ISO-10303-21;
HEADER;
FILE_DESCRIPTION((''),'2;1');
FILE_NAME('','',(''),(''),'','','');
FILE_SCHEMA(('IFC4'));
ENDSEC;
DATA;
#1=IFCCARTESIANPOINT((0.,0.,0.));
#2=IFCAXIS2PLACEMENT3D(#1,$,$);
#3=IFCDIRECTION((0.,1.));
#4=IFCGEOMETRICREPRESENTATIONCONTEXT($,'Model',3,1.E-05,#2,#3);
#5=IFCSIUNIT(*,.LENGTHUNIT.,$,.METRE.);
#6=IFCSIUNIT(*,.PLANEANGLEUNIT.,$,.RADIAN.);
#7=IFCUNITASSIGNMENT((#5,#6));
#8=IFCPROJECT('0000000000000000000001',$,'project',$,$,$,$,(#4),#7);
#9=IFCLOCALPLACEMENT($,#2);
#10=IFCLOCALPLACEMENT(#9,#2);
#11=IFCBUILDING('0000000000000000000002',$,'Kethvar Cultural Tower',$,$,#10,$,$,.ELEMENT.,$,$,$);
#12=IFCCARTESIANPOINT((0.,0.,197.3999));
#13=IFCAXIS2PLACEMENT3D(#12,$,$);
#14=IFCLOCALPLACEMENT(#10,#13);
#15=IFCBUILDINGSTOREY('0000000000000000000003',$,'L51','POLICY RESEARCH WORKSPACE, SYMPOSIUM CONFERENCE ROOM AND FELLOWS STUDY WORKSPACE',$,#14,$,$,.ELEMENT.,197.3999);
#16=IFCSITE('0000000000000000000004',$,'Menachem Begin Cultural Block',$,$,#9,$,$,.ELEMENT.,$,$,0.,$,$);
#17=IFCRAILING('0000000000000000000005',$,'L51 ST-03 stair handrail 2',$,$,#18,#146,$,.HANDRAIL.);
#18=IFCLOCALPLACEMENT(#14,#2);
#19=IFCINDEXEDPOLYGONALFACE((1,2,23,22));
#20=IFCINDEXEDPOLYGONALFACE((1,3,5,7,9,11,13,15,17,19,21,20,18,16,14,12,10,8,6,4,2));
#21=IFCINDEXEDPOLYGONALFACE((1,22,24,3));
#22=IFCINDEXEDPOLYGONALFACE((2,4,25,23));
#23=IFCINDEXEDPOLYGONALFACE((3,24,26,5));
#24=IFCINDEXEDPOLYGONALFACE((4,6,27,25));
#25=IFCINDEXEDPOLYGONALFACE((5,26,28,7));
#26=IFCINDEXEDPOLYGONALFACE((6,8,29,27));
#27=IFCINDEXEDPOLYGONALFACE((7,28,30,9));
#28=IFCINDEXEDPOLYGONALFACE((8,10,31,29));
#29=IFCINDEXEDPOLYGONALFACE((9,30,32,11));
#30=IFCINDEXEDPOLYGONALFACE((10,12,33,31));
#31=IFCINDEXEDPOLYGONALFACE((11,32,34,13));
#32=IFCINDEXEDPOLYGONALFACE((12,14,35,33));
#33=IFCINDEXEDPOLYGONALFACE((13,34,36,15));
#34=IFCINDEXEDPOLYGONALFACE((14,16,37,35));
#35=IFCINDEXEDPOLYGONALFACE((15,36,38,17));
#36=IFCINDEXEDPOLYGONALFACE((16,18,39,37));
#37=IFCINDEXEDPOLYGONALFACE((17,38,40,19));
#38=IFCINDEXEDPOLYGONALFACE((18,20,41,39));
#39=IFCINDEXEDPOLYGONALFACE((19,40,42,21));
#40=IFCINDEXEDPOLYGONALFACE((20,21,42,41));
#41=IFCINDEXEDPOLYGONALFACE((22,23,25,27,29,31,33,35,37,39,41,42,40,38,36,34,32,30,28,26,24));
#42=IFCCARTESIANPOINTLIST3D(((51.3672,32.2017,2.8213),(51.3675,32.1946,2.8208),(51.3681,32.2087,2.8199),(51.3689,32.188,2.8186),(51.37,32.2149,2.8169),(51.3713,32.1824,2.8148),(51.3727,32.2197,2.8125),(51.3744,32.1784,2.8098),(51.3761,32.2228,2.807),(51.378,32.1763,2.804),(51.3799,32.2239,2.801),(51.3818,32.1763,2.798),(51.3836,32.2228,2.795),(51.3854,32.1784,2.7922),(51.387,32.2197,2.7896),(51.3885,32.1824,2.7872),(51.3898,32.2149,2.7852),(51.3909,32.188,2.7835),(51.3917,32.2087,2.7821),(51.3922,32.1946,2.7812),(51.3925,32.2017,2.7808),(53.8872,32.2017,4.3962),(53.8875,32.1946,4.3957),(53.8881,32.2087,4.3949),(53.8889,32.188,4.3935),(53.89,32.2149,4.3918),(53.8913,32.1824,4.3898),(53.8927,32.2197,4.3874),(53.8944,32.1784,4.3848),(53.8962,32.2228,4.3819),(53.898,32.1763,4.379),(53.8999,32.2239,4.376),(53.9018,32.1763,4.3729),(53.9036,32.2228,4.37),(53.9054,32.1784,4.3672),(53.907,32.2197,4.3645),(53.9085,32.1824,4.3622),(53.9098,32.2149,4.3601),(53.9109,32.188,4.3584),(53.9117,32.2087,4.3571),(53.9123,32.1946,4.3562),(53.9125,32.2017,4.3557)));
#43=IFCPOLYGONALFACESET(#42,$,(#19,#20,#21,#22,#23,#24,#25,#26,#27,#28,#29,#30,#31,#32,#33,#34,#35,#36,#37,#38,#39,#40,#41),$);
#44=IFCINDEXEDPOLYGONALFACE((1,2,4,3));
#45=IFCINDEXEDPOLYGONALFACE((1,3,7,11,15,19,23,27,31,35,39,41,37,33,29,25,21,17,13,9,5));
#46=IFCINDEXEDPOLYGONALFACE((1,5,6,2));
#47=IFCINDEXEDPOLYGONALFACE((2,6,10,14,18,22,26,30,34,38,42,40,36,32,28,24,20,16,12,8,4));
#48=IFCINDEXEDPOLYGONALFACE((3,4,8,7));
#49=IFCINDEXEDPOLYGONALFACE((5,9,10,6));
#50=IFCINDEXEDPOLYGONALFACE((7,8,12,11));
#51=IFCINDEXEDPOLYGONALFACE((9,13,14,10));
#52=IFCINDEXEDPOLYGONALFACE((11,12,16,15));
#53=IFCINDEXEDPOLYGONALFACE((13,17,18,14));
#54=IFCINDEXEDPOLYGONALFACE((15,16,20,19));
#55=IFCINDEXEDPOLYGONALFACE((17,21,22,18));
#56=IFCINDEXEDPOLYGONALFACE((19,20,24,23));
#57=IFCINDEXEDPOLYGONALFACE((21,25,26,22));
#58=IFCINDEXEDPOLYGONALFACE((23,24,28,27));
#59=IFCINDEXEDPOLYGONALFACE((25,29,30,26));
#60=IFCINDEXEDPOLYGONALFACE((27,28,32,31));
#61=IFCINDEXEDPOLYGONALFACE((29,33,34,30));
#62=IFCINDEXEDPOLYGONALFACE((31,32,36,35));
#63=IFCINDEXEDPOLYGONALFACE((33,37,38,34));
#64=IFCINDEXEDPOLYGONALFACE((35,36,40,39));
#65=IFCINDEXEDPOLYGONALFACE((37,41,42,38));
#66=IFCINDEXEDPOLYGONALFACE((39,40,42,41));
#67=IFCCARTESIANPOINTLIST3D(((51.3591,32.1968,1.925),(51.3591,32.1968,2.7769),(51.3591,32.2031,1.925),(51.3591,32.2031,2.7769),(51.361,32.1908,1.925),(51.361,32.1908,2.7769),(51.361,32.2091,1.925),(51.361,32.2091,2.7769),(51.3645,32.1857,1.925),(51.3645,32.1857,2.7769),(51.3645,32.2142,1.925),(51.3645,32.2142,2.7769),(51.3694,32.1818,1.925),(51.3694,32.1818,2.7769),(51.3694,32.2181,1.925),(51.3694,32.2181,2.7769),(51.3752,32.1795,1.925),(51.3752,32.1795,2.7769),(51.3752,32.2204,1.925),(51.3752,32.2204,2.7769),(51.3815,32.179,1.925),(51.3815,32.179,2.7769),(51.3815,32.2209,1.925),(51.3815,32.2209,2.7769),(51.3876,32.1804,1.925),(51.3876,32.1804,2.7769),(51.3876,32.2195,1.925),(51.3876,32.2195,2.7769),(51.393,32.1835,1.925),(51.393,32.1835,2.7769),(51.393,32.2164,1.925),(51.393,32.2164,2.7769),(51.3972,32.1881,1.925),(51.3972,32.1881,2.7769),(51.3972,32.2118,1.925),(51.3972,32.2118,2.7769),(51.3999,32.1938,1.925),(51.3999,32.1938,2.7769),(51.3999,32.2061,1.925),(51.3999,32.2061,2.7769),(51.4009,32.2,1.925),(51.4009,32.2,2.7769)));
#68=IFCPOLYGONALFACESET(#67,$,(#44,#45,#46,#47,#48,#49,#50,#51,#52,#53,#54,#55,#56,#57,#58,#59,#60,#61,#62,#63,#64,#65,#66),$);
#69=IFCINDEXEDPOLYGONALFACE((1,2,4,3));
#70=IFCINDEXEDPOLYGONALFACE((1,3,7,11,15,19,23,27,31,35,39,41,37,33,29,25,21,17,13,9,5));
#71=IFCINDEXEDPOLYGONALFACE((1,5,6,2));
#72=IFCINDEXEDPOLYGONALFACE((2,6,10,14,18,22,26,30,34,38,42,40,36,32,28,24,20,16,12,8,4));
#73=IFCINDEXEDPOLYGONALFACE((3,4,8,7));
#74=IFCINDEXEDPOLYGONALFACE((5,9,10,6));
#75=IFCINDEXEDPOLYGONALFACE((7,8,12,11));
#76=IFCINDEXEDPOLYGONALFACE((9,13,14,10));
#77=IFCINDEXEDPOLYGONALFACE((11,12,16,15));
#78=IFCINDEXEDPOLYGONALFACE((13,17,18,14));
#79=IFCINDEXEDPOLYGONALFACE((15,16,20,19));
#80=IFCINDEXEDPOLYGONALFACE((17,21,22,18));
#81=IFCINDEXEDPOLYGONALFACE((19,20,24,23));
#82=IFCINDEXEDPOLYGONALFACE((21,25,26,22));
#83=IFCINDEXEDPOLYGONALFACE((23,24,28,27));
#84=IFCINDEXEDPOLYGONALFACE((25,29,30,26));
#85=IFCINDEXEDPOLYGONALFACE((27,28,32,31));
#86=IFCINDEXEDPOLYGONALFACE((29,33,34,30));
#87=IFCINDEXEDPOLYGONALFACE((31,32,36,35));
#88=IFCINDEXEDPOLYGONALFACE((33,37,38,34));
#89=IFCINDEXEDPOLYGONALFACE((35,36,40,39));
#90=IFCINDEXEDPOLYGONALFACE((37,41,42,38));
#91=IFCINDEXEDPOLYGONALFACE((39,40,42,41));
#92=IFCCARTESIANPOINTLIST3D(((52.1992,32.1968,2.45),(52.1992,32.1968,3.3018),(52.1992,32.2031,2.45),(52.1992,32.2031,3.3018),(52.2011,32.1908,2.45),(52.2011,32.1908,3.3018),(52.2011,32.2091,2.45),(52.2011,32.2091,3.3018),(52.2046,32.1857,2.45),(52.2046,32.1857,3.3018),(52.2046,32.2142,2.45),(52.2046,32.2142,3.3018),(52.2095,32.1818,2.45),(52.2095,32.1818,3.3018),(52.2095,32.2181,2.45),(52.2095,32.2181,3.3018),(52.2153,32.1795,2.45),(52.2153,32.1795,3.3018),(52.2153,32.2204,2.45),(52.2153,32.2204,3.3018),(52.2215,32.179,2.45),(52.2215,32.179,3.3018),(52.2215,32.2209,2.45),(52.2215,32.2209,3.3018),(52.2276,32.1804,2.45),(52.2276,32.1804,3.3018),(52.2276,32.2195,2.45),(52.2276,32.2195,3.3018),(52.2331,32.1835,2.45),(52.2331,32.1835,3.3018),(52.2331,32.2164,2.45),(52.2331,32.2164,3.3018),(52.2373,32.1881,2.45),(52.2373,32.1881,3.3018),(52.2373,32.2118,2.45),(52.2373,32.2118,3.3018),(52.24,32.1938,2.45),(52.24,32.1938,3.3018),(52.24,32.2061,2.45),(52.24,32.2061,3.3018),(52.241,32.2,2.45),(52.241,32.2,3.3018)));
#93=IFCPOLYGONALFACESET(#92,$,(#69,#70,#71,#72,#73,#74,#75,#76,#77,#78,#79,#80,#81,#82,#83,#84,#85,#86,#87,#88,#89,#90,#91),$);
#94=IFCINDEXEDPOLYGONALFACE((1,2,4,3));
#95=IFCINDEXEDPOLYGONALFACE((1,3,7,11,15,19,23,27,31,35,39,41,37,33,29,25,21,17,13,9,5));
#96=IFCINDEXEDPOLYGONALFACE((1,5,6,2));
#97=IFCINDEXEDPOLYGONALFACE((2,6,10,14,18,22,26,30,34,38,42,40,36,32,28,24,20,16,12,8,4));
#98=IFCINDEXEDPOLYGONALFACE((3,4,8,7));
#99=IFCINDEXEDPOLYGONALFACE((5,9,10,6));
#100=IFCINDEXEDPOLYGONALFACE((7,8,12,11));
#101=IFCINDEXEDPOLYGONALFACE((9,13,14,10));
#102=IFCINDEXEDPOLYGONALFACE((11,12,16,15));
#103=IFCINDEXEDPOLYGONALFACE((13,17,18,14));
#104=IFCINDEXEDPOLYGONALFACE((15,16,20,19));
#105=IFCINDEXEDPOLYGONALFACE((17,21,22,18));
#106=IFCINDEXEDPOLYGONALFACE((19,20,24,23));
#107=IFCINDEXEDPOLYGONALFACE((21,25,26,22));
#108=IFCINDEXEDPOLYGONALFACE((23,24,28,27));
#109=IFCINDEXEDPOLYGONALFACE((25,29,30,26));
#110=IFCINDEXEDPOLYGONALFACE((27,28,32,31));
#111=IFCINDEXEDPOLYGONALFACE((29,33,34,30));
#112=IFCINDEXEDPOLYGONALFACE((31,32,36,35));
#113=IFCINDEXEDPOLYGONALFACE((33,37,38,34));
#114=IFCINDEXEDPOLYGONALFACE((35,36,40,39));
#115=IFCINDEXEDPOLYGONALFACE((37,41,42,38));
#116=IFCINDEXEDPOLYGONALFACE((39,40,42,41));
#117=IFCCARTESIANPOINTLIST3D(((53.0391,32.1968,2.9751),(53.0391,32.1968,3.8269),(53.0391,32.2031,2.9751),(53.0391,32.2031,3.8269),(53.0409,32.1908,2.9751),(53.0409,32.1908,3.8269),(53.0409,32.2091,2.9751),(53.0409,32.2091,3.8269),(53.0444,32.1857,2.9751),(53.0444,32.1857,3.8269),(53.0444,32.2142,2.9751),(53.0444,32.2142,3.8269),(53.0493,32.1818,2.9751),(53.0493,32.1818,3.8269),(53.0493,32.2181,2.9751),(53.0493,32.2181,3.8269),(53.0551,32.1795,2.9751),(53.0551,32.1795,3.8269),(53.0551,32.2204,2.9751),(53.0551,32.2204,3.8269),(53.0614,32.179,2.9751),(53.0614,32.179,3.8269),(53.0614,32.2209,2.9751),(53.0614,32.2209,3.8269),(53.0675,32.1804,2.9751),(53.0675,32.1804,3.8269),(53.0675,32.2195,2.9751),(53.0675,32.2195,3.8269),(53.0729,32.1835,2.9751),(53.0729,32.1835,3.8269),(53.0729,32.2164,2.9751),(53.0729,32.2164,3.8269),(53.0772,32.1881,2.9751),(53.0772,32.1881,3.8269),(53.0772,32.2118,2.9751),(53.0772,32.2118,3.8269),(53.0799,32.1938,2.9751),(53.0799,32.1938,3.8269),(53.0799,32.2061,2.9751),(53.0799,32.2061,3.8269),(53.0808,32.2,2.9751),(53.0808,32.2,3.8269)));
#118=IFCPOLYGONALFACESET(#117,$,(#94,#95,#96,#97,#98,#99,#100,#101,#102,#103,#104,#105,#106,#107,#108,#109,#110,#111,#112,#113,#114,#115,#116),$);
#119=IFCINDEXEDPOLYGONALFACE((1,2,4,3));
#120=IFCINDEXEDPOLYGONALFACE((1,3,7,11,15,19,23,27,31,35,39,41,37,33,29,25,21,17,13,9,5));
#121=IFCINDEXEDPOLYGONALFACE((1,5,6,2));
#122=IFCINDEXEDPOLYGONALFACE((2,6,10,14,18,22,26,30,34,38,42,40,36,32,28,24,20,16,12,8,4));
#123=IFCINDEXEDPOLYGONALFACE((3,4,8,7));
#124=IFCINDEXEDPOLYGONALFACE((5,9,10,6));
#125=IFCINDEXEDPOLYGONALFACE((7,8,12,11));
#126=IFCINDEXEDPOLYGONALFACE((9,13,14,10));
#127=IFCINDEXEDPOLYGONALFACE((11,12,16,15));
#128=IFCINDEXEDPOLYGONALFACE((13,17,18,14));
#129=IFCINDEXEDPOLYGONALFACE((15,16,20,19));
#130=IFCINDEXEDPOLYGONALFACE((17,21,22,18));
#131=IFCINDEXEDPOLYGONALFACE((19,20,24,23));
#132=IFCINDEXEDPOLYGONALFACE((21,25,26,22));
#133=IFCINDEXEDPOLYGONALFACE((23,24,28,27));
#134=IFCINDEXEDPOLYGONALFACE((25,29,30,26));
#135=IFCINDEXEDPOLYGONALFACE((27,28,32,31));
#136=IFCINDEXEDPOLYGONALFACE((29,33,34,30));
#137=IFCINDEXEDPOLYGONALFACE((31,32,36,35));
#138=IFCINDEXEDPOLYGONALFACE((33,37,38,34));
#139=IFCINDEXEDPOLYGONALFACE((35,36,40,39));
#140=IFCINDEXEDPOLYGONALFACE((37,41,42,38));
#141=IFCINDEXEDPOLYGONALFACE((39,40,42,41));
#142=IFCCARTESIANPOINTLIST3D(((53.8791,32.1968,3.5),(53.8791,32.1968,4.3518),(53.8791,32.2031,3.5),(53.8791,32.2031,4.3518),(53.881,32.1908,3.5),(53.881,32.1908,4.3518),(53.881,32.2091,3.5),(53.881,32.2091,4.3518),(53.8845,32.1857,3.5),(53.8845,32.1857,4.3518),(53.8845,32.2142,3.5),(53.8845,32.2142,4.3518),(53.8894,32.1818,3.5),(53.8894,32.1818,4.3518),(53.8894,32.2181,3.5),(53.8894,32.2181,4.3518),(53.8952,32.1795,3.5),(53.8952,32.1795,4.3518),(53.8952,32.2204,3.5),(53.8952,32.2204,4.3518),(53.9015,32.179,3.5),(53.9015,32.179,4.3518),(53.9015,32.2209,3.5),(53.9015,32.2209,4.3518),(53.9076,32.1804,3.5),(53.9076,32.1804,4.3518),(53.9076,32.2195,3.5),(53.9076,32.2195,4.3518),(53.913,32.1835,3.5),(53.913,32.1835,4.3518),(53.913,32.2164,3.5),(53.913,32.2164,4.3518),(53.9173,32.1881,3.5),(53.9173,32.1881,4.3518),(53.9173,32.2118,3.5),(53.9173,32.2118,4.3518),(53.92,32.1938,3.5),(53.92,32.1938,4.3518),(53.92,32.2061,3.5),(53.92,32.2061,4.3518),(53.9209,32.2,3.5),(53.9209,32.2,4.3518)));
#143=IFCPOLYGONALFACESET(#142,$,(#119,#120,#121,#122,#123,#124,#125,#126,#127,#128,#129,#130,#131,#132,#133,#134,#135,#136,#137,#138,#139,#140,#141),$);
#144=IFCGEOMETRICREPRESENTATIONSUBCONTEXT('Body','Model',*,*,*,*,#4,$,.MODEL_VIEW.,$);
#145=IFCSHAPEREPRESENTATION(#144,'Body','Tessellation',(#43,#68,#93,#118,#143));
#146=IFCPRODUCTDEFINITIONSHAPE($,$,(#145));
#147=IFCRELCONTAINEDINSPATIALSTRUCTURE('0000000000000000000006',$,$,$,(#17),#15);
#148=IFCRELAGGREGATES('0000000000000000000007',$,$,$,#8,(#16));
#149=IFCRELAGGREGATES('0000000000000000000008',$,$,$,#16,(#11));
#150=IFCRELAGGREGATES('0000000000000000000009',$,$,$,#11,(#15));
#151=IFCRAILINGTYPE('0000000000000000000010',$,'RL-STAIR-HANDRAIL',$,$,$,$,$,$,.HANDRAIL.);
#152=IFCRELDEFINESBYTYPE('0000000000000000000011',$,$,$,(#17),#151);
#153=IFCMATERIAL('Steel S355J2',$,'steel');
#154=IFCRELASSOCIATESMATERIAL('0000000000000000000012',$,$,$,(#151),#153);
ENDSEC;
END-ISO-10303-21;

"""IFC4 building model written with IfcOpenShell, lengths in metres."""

from ifc_helpers import new_model, si_unit, direction, frame, origin, origin_2d, place, context, subcontext, project, spatial, circle, extrude, material, type_object, element, save


model = new_model("IFC4")

# Units and contexts
model_context = context("Model", 3, precision=1e-05, world=origin(), true_north=direction((0.0, 1.0)))
body_context = subcontext(model_context, "Body", "Model", "MODEL_VIEW")
ifc_project = project(units=[si_unit("LENGTHUNIT", "METRE"), si_unit("PLANEANGLEUNIT", "RADIAN")], contexts=[model_context])

# Site, building, storey
site_placement = place(None, origin())
site = spatial("IfcSite", under=ifc_project, at=site_placement, Name="Menachem Begin Cultural Block", CompositionType="ELEMENT", RefElevation=0.0)
building_placement = place(site_placement, origin())
building = spatial("IfcBuilding", under=site, at=building_placement, Name="Kethvar Cultural Tower", CompositionType="ELEMENT")
storey_placement = place(building_placement, frame((0.0, 0.0, 197.3999)))
storey = spatial("IfcBuildingStorey", under=building, at=storey_placement, Name="L51", Description="POLICY RESEARCH WORKSPACE, SYMPOSIUM CONFERENCE ROOM AND FELLOWS STUDY WORKSPACE", CompositionType="ELEMENT", Elevation=197.3999)

# Shared definitions
ifc_material_1 = material(Name="Steel S355J2", Category="steel")

# Railing
railing_type_1 = type_object("IfcRailingType", Name="RL-STAIR-HANDRAIL", PredefinedType="HANDRAIL", material=ifc_material_1)
railing_1_placement = place(storey_placement, frame((51.3799, 32.2, 1.925)))
element("IfcRailing", 1, at=railing_1_placement, inside=storey, type_object=railing_type_1, Name="L51 ST-03 stair handrail 2", PredefinedType="HANDRAIL", context=body_context, shape_type="SweptSolid", body=[
    extrude(circle(Radius=0.0239, at=origin_2d()), frame((0.0, 0.0, 0.876), z_axis=(0.848008, 0.0, 0.529984), x_axis=(0.0, 1.0, 0.0)), (0.0, 0.0, 1.0), 2.9717),
    extrude(circle(Radius=0.021, at=origin_2d()), origin(), (0.0, 0.0, 1.0), 0.8518),
    extrude(circle(Radius=0.021, at=origin_2d()), frame((0.8401, 0.0, 0.5249)), (0.0, 0.0, 1.0), 0.8518),
    extrude(circle(Radius=0.021, at=origin_2d()), frame((1.6799, 0.0, 1.05)), (0.0, 0.0, 1.0), 0.8518),
    extrude(circle(Radius=0.021, at=origin_2d()), frame((2.52, 0.0, 1.575)), (0.0, 0.0, 1.0), 0.8518),
])

save(model, "model.ifc")
